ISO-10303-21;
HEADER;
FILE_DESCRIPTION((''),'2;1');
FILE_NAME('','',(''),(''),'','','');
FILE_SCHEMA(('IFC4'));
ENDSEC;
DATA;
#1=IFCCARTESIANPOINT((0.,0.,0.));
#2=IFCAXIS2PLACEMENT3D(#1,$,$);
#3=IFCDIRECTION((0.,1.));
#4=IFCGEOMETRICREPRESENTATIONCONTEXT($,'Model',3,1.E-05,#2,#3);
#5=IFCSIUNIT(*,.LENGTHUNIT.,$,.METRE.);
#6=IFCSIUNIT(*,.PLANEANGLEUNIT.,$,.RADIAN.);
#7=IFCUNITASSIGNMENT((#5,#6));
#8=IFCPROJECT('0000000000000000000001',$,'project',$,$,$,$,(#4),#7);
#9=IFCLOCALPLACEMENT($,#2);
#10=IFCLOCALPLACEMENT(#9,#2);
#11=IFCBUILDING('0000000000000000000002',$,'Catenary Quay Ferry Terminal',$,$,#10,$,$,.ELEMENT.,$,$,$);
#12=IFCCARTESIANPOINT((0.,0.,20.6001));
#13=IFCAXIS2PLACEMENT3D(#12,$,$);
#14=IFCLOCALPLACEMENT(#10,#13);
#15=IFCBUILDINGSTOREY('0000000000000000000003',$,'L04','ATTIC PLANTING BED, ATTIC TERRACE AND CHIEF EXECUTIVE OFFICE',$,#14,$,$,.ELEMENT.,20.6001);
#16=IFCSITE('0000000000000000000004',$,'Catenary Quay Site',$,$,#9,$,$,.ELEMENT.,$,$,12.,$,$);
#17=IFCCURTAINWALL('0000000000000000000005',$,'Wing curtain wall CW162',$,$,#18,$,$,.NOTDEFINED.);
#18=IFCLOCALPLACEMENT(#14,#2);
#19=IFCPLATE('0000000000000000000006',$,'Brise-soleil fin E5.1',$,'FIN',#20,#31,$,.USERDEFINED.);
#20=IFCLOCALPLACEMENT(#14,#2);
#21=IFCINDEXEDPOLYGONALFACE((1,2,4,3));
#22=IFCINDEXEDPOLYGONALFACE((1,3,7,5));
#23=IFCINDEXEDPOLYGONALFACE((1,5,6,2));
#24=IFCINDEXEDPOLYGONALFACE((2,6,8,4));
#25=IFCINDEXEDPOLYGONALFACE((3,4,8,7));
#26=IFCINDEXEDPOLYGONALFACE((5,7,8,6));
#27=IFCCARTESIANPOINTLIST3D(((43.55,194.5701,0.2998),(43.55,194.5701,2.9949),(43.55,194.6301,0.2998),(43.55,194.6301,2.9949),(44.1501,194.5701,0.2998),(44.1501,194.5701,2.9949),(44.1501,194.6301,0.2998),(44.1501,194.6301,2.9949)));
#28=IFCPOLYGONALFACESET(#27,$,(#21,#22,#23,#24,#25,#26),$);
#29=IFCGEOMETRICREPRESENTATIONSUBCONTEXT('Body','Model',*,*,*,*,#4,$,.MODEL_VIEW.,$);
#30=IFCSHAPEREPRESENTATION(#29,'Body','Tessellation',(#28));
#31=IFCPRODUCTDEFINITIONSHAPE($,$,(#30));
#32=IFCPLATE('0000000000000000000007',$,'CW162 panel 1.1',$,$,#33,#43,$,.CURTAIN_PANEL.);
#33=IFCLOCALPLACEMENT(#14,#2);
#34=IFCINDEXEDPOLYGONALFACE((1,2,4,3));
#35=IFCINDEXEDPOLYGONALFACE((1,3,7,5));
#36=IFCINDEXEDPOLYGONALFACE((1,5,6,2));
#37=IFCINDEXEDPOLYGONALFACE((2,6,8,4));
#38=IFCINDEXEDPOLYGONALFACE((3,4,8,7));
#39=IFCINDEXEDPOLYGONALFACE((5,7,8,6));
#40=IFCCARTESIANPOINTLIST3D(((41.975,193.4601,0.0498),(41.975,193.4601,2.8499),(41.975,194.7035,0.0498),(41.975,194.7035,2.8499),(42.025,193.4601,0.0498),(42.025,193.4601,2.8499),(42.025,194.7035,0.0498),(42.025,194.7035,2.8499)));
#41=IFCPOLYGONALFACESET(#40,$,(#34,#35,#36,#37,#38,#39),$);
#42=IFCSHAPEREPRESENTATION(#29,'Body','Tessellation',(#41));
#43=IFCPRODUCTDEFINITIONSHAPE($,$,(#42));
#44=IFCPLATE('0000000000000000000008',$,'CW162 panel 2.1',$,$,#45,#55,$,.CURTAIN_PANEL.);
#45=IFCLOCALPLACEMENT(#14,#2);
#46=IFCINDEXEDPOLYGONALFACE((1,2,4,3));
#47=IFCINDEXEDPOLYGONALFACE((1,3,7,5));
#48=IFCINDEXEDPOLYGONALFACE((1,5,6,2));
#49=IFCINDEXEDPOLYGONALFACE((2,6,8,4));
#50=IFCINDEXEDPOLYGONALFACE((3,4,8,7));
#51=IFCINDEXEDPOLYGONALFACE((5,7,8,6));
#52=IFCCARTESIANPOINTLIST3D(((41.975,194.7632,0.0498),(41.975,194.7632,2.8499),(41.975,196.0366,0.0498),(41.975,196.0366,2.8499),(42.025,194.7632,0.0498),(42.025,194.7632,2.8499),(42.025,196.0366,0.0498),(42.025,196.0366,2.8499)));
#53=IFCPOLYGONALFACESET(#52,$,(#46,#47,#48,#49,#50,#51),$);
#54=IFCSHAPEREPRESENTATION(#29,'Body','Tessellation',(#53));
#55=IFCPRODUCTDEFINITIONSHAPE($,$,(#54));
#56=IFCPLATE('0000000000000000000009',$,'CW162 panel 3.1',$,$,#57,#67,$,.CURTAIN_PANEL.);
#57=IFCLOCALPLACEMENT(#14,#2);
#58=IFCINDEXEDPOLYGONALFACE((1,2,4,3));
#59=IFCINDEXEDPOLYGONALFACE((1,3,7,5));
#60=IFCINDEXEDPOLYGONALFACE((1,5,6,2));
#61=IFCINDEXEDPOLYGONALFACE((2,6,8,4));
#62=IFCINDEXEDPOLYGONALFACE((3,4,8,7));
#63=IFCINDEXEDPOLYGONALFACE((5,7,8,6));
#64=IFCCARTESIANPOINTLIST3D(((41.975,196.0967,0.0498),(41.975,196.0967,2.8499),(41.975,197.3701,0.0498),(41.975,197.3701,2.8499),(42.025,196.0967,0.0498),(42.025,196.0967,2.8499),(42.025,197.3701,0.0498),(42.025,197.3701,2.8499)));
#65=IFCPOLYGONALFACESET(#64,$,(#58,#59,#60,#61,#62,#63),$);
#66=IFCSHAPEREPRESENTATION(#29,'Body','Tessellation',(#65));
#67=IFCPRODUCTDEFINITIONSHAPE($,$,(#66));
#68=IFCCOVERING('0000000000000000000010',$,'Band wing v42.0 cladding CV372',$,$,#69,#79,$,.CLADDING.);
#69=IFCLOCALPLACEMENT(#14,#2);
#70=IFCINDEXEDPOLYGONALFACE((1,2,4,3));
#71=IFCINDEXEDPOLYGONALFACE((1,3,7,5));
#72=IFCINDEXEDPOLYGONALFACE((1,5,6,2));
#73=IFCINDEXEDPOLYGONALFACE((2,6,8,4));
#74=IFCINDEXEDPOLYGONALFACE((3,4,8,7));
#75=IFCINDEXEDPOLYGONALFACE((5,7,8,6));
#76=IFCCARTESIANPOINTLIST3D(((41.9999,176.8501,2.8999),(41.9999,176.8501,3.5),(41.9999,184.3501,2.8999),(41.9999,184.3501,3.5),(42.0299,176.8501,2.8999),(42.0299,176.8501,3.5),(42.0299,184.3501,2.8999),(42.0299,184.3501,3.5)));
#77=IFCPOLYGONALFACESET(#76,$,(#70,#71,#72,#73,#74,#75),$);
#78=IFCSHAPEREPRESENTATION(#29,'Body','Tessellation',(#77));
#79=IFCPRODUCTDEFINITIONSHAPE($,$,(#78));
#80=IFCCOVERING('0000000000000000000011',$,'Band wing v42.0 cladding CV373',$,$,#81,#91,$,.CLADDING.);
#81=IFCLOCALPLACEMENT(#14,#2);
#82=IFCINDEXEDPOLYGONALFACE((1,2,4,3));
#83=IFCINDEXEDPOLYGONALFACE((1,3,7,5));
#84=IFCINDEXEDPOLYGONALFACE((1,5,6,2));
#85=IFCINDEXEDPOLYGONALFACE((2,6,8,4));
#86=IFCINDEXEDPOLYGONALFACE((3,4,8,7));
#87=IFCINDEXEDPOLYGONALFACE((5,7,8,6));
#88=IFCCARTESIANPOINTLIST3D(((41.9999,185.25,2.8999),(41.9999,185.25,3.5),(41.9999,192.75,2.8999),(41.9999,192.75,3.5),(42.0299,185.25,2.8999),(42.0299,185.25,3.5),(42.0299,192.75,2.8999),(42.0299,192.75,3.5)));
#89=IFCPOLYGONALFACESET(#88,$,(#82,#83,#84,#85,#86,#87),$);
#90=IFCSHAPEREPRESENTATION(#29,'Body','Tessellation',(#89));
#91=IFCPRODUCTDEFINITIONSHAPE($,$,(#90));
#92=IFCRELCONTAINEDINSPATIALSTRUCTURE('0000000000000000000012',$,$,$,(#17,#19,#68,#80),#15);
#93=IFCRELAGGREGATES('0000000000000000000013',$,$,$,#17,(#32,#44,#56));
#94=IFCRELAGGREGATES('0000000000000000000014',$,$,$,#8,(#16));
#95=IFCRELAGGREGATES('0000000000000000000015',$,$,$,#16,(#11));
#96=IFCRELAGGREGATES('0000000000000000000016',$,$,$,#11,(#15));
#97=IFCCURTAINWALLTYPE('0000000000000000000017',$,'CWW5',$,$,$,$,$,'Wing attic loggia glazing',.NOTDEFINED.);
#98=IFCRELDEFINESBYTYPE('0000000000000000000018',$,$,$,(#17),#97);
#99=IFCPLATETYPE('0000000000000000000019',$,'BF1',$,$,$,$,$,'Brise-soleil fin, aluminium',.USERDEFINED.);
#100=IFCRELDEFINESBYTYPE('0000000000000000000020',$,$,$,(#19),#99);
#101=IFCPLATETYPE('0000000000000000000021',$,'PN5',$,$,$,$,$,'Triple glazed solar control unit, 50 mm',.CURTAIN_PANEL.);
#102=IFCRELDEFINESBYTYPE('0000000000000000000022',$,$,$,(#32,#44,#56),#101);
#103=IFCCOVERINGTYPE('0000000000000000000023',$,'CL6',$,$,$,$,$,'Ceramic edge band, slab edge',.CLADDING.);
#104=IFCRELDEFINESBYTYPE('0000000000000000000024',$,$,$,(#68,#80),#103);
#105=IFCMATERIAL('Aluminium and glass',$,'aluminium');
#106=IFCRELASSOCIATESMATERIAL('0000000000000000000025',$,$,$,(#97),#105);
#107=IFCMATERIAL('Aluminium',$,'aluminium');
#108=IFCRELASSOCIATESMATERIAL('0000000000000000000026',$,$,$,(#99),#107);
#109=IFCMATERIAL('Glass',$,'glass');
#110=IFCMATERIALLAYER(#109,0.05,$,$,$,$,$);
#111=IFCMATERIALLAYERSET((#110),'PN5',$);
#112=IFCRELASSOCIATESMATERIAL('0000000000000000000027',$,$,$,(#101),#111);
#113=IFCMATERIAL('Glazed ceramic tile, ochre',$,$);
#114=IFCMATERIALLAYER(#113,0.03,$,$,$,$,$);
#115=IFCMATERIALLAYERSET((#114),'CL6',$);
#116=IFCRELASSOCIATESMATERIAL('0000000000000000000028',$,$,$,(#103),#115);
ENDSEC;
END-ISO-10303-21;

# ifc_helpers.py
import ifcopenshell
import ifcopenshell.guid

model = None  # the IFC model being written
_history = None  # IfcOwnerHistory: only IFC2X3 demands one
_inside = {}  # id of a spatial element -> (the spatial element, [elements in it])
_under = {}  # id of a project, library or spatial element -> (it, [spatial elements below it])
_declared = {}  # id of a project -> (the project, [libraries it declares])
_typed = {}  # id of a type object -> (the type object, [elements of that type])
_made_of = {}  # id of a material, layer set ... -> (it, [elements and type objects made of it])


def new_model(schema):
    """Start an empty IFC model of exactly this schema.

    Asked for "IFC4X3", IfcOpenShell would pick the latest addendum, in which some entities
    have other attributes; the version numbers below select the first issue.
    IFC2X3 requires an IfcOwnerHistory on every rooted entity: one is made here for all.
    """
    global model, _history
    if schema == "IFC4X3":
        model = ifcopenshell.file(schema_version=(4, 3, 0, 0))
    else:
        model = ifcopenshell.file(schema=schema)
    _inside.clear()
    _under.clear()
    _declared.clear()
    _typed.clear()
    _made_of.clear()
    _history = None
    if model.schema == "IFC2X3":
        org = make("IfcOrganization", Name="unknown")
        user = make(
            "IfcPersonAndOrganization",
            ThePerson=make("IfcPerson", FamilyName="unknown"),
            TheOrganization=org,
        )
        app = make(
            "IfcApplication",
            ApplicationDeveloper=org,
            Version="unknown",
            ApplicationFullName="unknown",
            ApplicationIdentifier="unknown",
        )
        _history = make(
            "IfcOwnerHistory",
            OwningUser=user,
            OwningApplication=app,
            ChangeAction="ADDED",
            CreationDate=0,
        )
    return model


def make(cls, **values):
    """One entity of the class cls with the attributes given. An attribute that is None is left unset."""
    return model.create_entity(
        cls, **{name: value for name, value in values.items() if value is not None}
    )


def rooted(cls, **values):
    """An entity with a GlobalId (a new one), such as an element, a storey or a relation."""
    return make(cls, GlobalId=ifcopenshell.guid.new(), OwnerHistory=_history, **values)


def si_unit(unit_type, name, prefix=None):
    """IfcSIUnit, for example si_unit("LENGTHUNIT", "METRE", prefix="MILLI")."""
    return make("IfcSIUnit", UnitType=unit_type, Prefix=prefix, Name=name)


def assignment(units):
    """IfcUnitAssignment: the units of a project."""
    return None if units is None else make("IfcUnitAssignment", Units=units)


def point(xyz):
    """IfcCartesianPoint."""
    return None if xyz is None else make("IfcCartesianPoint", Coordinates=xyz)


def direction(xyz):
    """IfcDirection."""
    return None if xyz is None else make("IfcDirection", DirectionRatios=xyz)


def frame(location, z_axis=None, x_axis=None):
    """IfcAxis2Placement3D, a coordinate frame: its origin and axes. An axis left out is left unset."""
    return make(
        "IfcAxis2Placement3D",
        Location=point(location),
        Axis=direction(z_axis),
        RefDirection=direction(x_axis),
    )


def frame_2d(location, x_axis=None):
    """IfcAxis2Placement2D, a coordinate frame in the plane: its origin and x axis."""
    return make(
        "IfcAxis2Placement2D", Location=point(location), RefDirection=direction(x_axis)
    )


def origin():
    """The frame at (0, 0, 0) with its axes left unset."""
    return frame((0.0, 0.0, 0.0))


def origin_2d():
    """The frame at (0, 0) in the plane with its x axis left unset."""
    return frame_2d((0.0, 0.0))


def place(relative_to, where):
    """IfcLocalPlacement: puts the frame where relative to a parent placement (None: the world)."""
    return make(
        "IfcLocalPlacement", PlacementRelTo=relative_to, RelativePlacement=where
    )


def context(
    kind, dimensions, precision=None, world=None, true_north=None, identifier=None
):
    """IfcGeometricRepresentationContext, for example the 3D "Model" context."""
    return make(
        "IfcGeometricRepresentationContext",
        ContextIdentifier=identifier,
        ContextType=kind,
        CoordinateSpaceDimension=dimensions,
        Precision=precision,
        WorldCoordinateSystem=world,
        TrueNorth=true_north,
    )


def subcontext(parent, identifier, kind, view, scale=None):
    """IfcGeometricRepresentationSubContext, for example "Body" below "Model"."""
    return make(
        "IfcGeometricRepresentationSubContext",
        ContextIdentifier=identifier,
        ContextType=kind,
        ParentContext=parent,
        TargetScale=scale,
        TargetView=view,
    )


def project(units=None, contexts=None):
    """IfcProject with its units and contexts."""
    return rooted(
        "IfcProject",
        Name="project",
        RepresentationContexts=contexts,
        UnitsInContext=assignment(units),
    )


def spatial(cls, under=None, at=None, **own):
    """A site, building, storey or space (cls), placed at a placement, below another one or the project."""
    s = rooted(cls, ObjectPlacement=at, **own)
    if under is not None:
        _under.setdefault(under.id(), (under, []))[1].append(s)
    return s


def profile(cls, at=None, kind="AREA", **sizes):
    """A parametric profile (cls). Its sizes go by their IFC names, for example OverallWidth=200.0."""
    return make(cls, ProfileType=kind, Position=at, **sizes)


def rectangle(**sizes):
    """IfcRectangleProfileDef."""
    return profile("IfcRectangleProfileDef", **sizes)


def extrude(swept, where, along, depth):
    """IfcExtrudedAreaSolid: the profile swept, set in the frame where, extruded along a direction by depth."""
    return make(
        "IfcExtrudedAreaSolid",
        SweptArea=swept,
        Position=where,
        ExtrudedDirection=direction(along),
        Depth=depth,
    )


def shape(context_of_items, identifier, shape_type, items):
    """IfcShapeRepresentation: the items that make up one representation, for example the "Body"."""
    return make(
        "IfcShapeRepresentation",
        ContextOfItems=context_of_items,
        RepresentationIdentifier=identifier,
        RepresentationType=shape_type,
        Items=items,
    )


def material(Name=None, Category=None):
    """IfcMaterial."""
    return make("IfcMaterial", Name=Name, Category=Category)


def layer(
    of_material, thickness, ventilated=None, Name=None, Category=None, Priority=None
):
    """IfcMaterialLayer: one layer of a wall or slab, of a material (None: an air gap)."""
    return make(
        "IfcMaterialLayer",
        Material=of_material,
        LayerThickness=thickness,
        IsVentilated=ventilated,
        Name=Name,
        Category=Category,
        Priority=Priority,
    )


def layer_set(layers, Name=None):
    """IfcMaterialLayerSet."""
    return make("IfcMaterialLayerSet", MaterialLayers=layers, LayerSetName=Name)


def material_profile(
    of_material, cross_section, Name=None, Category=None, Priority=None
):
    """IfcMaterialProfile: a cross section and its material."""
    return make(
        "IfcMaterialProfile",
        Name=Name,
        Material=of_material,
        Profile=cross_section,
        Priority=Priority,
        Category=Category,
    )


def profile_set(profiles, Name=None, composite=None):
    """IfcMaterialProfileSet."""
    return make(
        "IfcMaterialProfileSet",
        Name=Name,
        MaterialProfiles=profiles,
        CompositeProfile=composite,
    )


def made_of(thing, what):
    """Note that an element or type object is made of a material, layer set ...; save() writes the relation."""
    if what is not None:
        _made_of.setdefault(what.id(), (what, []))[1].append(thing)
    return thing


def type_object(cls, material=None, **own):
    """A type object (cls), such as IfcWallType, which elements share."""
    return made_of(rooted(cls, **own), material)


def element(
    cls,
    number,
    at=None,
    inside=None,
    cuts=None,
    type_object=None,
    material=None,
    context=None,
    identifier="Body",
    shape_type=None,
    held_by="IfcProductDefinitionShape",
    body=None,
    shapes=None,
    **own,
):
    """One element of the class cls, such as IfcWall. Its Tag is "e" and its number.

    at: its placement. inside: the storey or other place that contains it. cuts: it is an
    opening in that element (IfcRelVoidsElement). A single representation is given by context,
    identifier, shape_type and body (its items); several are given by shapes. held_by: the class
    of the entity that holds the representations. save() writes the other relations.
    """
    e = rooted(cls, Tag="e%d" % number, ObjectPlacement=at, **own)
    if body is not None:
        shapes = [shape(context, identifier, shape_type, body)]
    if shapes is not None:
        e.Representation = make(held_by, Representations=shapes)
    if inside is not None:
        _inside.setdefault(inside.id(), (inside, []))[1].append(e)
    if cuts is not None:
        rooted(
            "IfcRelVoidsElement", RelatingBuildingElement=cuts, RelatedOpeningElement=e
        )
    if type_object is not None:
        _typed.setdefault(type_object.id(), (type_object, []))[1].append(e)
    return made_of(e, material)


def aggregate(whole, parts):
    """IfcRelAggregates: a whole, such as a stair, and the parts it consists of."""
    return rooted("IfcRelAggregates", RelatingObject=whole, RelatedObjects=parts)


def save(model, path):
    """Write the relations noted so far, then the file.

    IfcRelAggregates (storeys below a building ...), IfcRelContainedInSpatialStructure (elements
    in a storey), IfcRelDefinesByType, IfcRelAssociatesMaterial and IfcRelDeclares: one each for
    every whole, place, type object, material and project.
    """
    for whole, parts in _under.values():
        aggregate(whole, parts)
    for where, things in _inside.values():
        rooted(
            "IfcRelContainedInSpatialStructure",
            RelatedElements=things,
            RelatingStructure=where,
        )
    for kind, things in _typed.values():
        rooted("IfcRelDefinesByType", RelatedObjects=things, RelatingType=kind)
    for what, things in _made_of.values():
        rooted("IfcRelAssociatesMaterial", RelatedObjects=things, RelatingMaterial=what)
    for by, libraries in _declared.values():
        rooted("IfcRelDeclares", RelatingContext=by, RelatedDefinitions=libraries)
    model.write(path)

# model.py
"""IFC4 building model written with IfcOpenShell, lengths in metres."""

from ifc_helpers import new_model, si_unit, direction, frame, origin, origin_2d, place, context, subcontext, project, spatial, rectangle, extrude, material, layer, layer_set, material_profile, profile_set, type_object, element, aggregate, save


model = new_model("IFC4")

# Units and contexts
model_context = context("Model", 3, precision=1e-05, world=origin(), true_north=direction((0.0, 1.0)))
body_context = subcontext(model_context, "Body", "Model", "MODEL_VIEW")
ifc_project = project(units=[si_unit("LENGTHUNIT", "METRE"), si_unit("PLANEANGLEUNIT", "RADIAN")], contexts=[model_context])

# Site, building, storey
site_placement = place(None, origin())
site = spatial("IfcSite", under=ifc_project, at=site_placement, Name="Catenary Quay Site", CompositionType="ELEMENT", RefElevation=12.0)
building_placement = place(site_placement, origin())
building = spatial("IfcBuilding", under=site, at=building_placement, Name="Catenary Quay Ferry Terminal", CompositionType="ELEMENT")
storey_placement = place(building_placement, frame((0.0, 0.0, 20.6001)))
storey = spatial("IfcBuildingStorey", under=building, at=storey_placement, Name="L04", Description="ATTIC PLANTING BED, ATTIC TERRACE AND CHIEF EXECUTIVE OFFICE", CompositionType="ELEMENT", Elevation=20.6001)

# Curtain wall
ifc_material_1 = material(Name="Aluminium and glass", Category="aluminium")
curtain_wall_type = type_object("IfcCurtainWallType", Name="CWW5", ElementType="Wing attic loggia glazing", PredefinedType="NOTDEFINED", material=ifc_material_1)
curtain_wall_placement = place(storey_placement, origin())
curtain_wall = element("IfcCurtainWall", 1, at=curtain_wall_placement, inside=storey, type_object=curtain_wall_type, Name="Wing curtain wall CW162", PredefinedType="NOTDEFINED")

# Plate
ifc_material_2 = material(Name="Aluminium", Category="aluminium")
ifc_material_profile_1 = material_profile(ifc_material_2, rectangle(XDim=0.0601, YDim=0.6001, at=origin_2d()), Name="BF1")
ifc_profile_set_1 = profile_set([ifc_material_profile_1], Name="Aluminium")
plate_type_1 = type_object("IfcPlateType", Name="BF1", ElementType="Brise-soleil fin, aluminium", PredefinedType="USERDEFINED", material=ifc_profile_set_1)
for number, where, z_axis, x_axis, name in (
    (2, (43.8501, 194.6001, 0.2998), (0.0, 0.0, 1.0), (0.0, 1.0, 0.0), "Brise-soleil fin E5.1"),
):
    element("IfcPlate", number, at=place(storey_placement, frame(where, z_axis=z_axis, x_axis=x_axis)), inside=storey, type_object=plate_type_1, Name=name, ObjectType="FIN", PredefinedType="USERDEFINED", context=body_context, shape_type="SweptSolid", body=[
        extrude(rectangle(XDim=0.0601, YDim=0.6001, at=origin_2d()), origin(), (0.0, 0.0, 1.0), 2.6951),
    ])

# Plates
ifc_material_3 = material(Name="Glass", Category="glass")
ifc_layer_1 = layer(ifc_material_3, 0.05)
ifc_layer_set_1 = layer_set([ifc_layer_1], Name="PN5")
plate_type_2 = type_object("IfcPlateType", Name="PN5", ElementType="Triple glazed solar control unit, 50 mm", PredefinedType="CURTAIN_PANEL", material=ifc_layer_set_1)
plate_1_placement = place(storey_placement, frame((42.0, 194.0818, 0.0498), z_axis=(0.0, 0.0, 1.0), x_axis=(0.0, 1.0, 0.0)))
plate_1 = element("IfcPlate", 3, at=plate_1_placement, type_object=plate_type_2, Name="CW162 panel 1.1", PredefinedType="CURTAIN_PANEL", context=body_context, shape_type="SweptSolid", body=[
    extrude(rectangle(XDim=1.2434, YDim=0.05, at=origin_2d()), origin(), (0.0, 0.0, 1.0), 2.8),
])
plate_2_placement = place(storey_placement, frame((42.0, 195.3999, 0.0498), z_axis=(0.0, 0.0, 1.0), x_axis=(0.0, 1.0, 0.0)))
plate_2 = element("IfcPlate", 4, at=plate_2_placement, type_object=plate_type_2, Name="CW162 panel 2.1", PredefinedType="CURTAIN_PANEL", context=body_context, shape_type="SweptSolid", body=[
    extrude(rectangle(XDim=1.2734, YDim=0.05, at=origin_2d()), origin(), (0.0, 0.0, 1.0), 2.8),
])
plate_3_placement = place(storey_placement, frame((42.0, 196.7334, 0.0498), z_axis=(0.0, 0.0, 1.0), x_axis=(0.0, 1.0, 0.0)))
plate_3 = element("IfcPlate", 5, at=plate_3_placement, type_object=plate_type_2, Name="CW162 panel 3.1", PredefinedType="CURTAIN_PANEL", context=body_context, shape_type="SweptSolid", body=[
    extrude(rectangle(XDim=1.2734, YDim=0.05, at=origin_2d()), origin(), (0.0, 0.0, 1.0), 2.8),
])
aggregate(curtain_wall, [plate_1, plate_2, plate_3])

# Coverings
ifc_material_4 = material(Name="Glazed ceramic tile, ochre")
ifc_layer_2 = layer(ifc_material_4, 0.03)
ifc_layer_set_2 = layer_set([ifc_layer_2], Name="CL6")
covering_type = type_object("IfcCoveringType", Name="CL6", ElementType="Ceramic edge band, slab edge", PredefinedType="CLADDING", material=ifc_layer_set_2)
for number, where, z_axis, x_axis, name in (
    (6, (42.0149, 180.6001, 2.8999), (0.0, 0.0, 1.0), (1.0, 0.0, 0.0), "Band wing v42.0 cladding CV372"),
    (7, (42.0149, 189.0, 2.8999), (0.0, 0.0, 1.0), (1.0, 0.0, 0.0), "Band wing v42.0 cladding CV373"),
):
    element("IfcCovering", number, at=place(storey_placement, frame(where, z_axis=z_axis, x_axis=x_axis)), inside=storey, type_object=covering_type, Name=name, PredefinedType="CLADDING", context=body_context, shape_type="SweptSolid", body=[
        extrude(rectangle(XDim=0.03, YDim=7.5, at=origin_2d()), origin(), (0.0, 0.0, 1.0), 0.6001),
    ])

save(model, "model.ifc")
